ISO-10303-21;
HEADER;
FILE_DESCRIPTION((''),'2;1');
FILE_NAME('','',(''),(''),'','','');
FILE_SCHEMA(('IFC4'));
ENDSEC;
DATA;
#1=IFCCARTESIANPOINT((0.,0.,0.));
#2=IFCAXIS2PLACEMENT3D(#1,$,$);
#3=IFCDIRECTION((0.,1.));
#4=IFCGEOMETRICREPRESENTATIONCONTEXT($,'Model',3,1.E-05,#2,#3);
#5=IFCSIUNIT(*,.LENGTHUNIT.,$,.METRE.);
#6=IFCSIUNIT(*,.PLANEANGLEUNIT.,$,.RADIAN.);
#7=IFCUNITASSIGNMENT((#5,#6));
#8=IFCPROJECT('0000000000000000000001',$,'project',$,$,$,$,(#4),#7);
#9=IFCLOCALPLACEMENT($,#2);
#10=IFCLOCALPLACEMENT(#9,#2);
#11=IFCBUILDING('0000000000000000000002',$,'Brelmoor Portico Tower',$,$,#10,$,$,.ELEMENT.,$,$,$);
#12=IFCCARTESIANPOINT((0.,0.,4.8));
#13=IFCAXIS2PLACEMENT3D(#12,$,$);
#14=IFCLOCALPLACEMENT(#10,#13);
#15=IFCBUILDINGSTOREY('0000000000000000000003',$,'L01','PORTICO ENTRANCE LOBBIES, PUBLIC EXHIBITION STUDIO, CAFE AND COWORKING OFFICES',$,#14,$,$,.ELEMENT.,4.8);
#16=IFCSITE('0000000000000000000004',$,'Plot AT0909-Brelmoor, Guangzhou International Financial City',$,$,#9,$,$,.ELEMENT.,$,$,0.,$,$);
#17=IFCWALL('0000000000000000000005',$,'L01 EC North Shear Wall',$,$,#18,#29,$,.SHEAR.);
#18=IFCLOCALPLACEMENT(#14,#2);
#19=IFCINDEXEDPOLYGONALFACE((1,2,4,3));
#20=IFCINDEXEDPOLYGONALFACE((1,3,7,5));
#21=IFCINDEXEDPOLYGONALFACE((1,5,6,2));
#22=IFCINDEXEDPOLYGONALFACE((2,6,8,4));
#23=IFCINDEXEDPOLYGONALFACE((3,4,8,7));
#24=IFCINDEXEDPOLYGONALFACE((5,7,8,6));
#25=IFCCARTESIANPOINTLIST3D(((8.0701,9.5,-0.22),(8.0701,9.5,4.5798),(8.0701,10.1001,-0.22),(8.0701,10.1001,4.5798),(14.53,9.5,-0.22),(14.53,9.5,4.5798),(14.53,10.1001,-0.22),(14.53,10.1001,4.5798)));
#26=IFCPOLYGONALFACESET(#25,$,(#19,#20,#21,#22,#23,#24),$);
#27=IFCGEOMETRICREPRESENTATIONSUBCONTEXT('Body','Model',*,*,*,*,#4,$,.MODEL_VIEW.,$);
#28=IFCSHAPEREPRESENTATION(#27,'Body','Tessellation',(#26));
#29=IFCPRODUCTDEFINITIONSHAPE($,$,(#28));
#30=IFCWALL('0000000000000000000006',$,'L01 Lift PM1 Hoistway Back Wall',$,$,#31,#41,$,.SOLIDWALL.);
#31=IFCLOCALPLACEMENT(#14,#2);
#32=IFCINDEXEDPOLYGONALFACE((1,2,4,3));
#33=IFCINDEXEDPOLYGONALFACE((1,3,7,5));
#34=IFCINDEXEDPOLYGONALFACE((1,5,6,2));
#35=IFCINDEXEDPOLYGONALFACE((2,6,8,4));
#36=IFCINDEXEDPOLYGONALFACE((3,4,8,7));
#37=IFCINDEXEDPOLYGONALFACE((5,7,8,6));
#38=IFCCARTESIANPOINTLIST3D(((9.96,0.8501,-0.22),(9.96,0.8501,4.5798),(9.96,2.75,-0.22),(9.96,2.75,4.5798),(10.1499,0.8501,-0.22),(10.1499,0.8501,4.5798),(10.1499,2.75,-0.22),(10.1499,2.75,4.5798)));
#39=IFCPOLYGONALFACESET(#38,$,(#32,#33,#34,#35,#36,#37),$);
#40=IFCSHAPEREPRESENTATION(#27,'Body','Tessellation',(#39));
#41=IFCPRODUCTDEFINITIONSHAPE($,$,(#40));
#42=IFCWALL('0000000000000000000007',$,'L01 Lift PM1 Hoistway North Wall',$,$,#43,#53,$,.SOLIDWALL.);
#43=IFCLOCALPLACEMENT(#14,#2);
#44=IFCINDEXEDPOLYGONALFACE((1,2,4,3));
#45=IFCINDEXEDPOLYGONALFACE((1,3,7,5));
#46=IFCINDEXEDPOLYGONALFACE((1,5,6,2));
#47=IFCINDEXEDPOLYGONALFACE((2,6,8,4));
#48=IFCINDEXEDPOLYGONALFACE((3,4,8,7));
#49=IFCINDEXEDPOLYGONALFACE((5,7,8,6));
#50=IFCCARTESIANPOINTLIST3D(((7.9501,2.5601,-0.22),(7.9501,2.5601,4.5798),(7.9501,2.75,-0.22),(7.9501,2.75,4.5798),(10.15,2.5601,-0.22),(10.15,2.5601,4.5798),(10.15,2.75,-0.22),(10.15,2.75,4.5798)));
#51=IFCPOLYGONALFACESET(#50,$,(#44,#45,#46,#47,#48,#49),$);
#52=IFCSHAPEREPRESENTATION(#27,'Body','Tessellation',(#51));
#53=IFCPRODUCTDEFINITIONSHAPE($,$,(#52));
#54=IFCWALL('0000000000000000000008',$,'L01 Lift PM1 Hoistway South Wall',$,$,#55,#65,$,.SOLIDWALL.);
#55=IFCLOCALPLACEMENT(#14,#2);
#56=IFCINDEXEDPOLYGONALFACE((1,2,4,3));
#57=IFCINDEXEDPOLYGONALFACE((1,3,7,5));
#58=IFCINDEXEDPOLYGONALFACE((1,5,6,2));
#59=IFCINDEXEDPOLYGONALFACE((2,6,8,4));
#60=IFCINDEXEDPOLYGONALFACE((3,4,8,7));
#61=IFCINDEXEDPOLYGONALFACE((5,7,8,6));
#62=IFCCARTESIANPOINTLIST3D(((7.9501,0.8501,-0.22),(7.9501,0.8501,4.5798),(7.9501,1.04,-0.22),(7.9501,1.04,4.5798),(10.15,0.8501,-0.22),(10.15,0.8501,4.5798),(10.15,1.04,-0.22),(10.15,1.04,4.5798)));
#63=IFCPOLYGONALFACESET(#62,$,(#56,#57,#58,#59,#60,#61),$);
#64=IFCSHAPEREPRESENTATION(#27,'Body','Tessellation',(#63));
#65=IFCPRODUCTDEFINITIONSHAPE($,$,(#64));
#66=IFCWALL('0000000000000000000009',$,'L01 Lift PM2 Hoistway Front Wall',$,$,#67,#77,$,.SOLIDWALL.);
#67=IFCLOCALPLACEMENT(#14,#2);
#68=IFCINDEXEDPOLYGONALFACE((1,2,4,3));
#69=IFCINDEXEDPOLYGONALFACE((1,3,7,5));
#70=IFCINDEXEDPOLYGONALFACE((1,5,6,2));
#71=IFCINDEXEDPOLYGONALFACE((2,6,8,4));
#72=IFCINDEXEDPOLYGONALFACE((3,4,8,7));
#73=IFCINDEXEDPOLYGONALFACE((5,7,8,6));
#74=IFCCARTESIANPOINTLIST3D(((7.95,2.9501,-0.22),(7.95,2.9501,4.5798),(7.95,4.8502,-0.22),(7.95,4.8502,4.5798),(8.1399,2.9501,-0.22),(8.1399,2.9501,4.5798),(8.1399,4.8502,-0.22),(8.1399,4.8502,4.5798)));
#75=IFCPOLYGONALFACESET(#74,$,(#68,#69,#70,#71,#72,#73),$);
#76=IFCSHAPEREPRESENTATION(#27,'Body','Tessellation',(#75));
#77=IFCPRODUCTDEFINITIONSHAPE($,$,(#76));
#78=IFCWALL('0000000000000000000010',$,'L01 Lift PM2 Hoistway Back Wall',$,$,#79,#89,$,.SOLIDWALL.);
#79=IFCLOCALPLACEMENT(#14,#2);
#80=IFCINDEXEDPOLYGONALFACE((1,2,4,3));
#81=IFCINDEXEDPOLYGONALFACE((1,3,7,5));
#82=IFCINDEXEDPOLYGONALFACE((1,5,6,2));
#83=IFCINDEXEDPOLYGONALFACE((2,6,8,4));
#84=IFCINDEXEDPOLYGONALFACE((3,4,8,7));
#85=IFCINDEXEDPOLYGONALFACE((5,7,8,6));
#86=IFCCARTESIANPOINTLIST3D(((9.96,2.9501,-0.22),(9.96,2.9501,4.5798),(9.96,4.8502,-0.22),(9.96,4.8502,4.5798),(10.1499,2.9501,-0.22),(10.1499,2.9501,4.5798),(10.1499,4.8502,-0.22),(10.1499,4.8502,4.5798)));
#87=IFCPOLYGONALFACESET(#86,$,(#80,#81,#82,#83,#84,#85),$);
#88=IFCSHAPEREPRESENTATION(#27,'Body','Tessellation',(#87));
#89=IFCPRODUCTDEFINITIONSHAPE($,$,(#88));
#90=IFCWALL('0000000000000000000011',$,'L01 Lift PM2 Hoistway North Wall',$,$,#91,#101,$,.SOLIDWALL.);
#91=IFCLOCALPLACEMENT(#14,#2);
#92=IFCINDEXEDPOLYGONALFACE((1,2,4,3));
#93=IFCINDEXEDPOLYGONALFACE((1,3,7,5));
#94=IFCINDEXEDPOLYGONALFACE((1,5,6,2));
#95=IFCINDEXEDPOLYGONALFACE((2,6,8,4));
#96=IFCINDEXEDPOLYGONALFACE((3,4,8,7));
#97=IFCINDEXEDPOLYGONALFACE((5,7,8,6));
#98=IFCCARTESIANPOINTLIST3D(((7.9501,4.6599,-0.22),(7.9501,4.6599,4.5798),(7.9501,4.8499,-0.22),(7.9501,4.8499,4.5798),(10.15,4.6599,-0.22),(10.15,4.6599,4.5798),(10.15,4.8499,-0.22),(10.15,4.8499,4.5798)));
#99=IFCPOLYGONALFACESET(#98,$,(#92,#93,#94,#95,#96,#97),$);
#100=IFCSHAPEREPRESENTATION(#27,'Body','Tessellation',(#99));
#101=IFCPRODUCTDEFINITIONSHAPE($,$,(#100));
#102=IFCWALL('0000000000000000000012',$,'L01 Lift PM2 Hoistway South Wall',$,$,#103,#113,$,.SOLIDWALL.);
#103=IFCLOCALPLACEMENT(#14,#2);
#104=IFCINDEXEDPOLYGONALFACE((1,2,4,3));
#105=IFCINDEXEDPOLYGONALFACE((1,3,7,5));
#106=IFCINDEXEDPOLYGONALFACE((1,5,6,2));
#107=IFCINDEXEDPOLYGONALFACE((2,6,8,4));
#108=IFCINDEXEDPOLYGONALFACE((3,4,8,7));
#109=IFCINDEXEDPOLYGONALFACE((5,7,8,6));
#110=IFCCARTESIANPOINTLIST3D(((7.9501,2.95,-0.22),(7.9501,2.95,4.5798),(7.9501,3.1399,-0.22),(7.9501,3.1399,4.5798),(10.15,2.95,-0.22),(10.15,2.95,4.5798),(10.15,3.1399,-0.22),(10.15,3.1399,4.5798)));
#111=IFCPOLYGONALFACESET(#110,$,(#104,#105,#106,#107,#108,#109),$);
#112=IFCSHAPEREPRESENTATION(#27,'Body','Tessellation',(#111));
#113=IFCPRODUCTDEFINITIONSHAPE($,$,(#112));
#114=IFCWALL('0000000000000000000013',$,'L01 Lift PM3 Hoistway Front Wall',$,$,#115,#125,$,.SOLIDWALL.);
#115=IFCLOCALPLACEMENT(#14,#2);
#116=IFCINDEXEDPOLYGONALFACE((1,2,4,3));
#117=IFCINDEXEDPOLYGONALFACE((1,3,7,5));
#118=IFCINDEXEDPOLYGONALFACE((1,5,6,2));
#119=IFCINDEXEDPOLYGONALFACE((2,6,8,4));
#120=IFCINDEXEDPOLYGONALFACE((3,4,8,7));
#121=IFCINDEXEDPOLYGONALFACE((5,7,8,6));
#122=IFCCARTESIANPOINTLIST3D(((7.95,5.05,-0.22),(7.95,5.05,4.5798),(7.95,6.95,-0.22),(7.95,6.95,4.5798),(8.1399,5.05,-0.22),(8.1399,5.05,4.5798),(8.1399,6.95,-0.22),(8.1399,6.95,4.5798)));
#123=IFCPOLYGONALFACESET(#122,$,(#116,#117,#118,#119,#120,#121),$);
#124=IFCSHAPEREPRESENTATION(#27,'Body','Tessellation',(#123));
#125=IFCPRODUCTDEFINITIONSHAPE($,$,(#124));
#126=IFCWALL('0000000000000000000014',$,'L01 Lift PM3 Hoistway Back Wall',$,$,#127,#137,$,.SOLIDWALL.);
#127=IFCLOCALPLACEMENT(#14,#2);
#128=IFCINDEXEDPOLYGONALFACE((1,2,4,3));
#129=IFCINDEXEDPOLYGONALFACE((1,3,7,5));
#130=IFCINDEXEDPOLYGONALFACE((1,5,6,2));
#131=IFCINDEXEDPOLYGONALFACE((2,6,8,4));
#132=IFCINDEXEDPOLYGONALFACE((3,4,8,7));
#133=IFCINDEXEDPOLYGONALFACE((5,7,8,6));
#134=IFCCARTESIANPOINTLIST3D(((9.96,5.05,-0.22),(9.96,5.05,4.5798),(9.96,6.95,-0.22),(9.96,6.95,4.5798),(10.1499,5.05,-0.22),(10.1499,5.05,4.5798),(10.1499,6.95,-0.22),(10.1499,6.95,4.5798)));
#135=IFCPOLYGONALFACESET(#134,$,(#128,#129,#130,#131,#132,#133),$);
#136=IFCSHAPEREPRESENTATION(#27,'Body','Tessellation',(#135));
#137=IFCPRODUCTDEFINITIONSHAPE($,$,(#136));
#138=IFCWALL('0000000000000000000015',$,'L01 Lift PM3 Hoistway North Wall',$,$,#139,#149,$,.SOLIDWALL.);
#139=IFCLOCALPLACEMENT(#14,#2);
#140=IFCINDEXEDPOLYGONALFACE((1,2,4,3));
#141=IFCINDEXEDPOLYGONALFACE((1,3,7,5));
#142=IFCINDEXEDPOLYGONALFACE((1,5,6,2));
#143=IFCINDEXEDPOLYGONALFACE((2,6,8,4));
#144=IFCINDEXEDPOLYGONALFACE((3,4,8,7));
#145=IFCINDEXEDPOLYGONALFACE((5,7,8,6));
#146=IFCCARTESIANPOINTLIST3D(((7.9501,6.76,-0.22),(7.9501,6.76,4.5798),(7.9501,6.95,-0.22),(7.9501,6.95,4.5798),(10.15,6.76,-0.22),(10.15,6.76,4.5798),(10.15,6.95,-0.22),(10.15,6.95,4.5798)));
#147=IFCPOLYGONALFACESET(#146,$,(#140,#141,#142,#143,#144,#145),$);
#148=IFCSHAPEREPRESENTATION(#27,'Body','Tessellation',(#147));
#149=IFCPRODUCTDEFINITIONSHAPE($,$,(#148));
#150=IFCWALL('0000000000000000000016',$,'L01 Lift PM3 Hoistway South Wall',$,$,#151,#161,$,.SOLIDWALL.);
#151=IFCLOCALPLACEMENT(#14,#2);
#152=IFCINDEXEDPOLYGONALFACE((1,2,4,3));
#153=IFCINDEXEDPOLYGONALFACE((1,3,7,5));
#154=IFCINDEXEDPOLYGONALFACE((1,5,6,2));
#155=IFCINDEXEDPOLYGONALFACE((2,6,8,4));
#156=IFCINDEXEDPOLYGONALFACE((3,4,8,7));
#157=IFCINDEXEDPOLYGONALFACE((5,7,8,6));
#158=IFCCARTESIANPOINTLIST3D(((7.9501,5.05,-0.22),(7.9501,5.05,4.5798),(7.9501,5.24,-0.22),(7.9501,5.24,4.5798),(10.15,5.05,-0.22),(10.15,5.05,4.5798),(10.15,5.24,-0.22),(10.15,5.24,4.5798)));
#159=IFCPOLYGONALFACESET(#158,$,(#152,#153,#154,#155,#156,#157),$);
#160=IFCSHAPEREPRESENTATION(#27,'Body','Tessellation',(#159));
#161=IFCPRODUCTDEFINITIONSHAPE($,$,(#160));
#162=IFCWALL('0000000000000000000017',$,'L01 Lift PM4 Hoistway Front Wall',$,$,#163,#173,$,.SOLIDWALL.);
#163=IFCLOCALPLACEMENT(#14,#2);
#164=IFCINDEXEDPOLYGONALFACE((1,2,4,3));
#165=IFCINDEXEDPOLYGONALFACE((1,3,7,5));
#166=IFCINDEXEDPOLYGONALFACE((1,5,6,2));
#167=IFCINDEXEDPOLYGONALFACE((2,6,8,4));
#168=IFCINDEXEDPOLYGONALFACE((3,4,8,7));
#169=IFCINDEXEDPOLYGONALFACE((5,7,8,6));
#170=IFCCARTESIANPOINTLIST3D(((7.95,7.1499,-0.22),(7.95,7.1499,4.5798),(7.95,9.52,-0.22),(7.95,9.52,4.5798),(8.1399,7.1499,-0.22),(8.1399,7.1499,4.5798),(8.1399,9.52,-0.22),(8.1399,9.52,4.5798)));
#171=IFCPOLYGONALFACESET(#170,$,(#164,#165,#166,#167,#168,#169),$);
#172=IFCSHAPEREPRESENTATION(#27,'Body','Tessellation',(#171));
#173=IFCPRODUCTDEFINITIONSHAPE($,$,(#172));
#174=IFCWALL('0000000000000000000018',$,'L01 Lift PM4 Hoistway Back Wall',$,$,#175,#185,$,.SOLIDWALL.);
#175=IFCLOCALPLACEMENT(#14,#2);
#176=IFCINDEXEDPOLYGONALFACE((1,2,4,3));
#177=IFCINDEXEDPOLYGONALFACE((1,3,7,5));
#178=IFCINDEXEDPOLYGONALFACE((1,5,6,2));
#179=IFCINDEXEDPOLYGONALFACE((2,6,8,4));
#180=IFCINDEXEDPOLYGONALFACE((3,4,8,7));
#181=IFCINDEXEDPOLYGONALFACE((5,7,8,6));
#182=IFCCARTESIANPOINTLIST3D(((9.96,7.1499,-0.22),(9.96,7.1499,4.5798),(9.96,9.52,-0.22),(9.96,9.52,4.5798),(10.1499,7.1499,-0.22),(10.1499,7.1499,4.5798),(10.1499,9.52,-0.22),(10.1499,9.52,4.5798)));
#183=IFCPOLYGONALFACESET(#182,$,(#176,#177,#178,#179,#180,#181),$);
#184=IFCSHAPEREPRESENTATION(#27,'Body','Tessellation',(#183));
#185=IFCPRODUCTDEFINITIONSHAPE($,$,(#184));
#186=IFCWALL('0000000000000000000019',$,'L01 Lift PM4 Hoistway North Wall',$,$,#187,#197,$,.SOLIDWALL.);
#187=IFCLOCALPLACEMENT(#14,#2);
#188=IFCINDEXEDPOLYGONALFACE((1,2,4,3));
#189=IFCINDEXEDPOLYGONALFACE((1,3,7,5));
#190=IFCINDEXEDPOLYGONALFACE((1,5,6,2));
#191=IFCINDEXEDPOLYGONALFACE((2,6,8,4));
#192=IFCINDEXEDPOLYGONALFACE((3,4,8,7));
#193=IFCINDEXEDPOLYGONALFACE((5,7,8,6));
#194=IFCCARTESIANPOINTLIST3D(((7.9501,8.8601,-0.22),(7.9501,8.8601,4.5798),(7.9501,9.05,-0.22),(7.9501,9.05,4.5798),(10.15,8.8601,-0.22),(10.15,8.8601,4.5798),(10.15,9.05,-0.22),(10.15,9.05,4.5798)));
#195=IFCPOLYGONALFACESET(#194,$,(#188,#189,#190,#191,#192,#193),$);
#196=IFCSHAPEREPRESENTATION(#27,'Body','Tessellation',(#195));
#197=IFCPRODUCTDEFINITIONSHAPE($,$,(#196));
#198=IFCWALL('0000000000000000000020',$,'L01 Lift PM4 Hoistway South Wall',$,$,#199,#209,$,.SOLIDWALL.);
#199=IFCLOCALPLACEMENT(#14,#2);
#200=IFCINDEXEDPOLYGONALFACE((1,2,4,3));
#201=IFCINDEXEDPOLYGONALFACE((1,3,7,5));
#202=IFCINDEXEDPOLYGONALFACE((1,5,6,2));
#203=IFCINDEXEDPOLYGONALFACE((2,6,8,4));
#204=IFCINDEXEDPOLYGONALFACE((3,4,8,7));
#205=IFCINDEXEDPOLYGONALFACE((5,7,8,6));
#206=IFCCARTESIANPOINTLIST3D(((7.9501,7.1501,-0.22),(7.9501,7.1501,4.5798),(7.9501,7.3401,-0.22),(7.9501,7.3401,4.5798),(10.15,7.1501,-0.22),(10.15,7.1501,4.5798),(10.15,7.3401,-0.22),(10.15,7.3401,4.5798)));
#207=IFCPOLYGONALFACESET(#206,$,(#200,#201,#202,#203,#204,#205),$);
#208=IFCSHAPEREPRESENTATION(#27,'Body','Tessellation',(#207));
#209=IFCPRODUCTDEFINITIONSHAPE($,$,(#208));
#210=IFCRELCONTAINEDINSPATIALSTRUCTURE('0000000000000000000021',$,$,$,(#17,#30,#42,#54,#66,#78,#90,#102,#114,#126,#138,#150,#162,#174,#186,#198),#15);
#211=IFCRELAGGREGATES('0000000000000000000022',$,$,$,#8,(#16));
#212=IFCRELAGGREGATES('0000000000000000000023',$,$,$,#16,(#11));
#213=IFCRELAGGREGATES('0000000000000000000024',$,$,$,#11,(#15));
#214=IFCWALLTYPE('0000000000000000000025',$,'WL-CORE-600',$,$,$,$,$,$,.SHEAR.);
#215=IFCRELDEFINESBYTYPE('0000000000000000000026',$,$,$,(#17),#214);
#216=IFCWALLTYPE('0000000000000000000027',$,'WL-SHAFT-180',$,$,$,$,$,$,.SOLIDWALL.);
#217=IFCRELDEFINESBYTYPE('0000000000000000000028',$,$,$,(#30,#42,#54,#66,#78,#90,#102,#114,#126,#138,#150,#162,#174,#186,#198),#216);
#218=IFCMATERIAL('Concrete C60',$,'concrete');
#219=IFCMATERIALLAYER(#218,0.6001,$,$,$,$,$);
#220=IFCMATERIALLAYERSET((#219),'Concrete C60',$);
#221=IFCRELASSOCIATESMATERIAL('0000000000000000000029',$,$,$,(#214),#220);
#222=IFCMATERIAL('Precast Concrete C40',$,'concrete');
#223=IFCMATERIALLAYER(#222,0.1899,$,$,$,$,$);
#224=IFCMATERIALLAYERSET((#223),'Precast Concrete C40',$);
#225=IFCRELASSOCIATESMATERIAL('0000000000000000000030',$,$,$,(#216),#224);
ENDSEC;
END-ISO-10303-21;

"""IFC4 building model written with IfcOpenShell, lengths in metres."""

from ifc_helpers import new_model, si_unit, direction, frame, frame_2d, origin, place, context, subcontext, project, spatial, rectangle, extrude, material, layer, layer_set, type_object, element, save


model = new_model("IFC4")

# Units and contexts
model_context = context("Model", 3, precision=1e-05, world=origin(), true_north=direction((0.0, 1.0)))
body_context = subcontext(model_context, "Body", "Model", "MODEL_VIEW")
ifc_project = project(units=[si_unit("LENGTHUNIT", "METRE"), si_unit("PLANEANGLEUNIT", "RADIAN")], contexts=[model_context])

# Site, building, storey
site_placement = place(None, origin())
site = spatial("IfcSite", under=ifc_project, at=site_placement, Name="Plot AT0909-Brelmoor, Guangzhou International Financial City", CompositionType="ELEMENT", RefElevation=0.0)
building_placement = place(site_placement, origin())
building = spatial("IfcBuilding", under=site, at=building_placement, Name="Brelmoor Portico Tower", CompositionType="ELEMENT")
storey_placement = place(building_placement, frame((0.0, 0.0, 4.8)))
storey = spatial("IfcBuildingStorey", under=building, at=storey_placement, Name="L01", Description="PORTICO ENTRANCE LOBBIES, PUBLIC EXHIBITION STUDIO, CAFE AND COWORKING OFFICES", CompositionType="ELEMENT", Elevation=4.8)

# Wall
ifc_material_1 = material(Name="Concrete C60", Category="concrete")
ifc_layer_1 = layer(ifc_material_1, 0.6001)
ifc_layer_set_1 = layer_set([ifc_layer_1], Name="Concrete C60")
wall_type_1 = type_object("IfcWallType", Name="WL-CORE-600", PredefinedType="SHEAR", material=ifc_layer_set_1)
wall_1_placement = place(storey_placement, frame((8.0701, 9.8, -0.22), z_axis=(0.0, 0.0, 1.0), x_axis=(1.0, 0.0, 0.0)))
element("IfcWall", 1, at=wall_1_placement, inside=storey, type_object=wall_type_1, Name="L01 EC North Shear Wall", PredefinedType="SHEAR", context=body_context, shape_type="SweptSolid", body=[
    extrude(rectangle(XDim=6.46, YDim=0.6001, at=frame_2d((3.23, 0.0))), origin(), (0.0, 0.0, 1.0), 4.7998),
])

# Walls
ifc_material_2 = material(Name="Precast Concrete C40", Category="concrete")
ifc_layer_2 = layer(ifc_material_2, 0.1899)
ifc_layer_set_2 = layer_set([ifc_layer_2], Name="Precast Concrete C40")
wall_type_2 = type_object("IfcWallType", Name="WL-SHAFT-180", PredefinedType="SOLIDWALL", material=ifc_layer_set_2)
wall_2_placement = place(storey_placement, frame((10.0549, 0.8501, -0.22), z_axis=(0.0, 0.0, 1.0), x_axis=(0.0, 1.0, 0.0)))
element("IfcWall", 2, at=wall_2_placement, inside=storey, type_object=wall_type_2, Name="L01 Lift PM1 Hoistway Back Wall", PredefinedType="SOLIDWALL", context=body_context, shape_type="SweptSolid", body=[
    extrude(rectangle(XDim=1.8999, YDim=0.1899, at=frame_2d((0.95, 0.0))), origin(), (0.0, 0.0, 1.0), 4.7998),
])
for number, where, z_axis, x_axis, name in (
    (3, (7.95, 2.655, -0.22), (0.0, 0.0, 1.0), (1.0, 0.0, 0.0), "L01 Lift PM1 Hoistway North Wall"),
    (4, (7.95, 0.9451, -0.22), (0.0, 0.0, 1.0), (1.0, 0.0, 0.0), "L01 Lift PM1 Hoistway South Wall"),
):
    element("IfcWall", number, at=place(storey_placement, frame(where, z_axis=z_axis, x_axis=x_axis)), inside=storey, type_object=wall_type_2, Name=name, PredefinedType="SOLIDWALL", context=body_context, shape_type="SweptSolid", body=[
        extrude(rectangle(XDim=2.2, YDim=0.1899, at=frame_2d((1.1001, 0.0))), origin(), (0.0, 0.0, 1.0), 4.7998),
    ])
for number, where, z_axis, x_axis, name in (
    (5, (8.0449, 2.95, -0.22), (0.0, 0.0, 1.0), (0.0, 1.0, 0.0), "L01 Lift PM2 Hoistway Front Wall"),
    (6, (10.0549, 2.95, -0.22), (0.0, 0.0, 1.0), (0.0, 1.0, 0.0), "L01 Lift PM2 Hoistway Back Wall"),
):
    element("IfcWall", number, at=place(storey_placement, frame(where, z_axis=z_axis, x_axis=x_axis)), inside=storey, type_object=wall_type_2, Name=name, PredefinedType="SOLIDWALL", context=body_context, shape_type="SweptSolid", body=[
        extrude(rectangle(XDim=1.9001, YDim=0.1899, at=frame_2d((0.9502, 0.0))), origin(), (0.0, 0.0, 1.0), 4.7998),
    ])
for number, where, z_axis, x_axis, name in (
    (7, (7.95, 4.7549, -0.22), (0.0, 0.0, 1.0), (1.0, 0.0, 0.0), "L01 Lift PM2 Hoistway North Wall"),
    (8, (7.95, 3.0449, -0.22), (0.0, 0.0, 1.0), (1.0, 0.0, 0.0), "L01 Lift PM2 Hoistway South Wall"),
):
    element("IfcWall", number, at=place(storey_placement, frame(where, z_axis=z_axis, x_axis=x_axis)), inside=storey, type_object=wall_type_2, Name=name, PredefinedType="SOLIDWALL", context=body_context, shape_type="SweptSolid", body=[
        extrude(rectangle(XDim=2.2, YDim=0.1899, at=frame_2d((1.1001, 0.0))), origin(), (0.0, 0.0, 1.0), 4.7998),
    ])
for number, where, z_axis, x_axis, name in (
    (9, (8.0449, 5.05, -0.22), (0.0, 0.0, 1.0), (0.0, 1.0, 0.0), "L01 Lift PM3 Hoistway Front Wall"),
    (10, (10.0549, 5.05, -0.22), (0.0, 0.0, 1.0), (0.0, 1.0, 0.0), "L01 Lift PM3 Hoistway Back Wall"),
):
    element("IfcWall", number, at=place(storey_placement, frame(where, z_axis=z_axis, x_axis=x_axis)), inside=storey, type_object=wall_type_2, Name=name, PredefinedType="SOLIDWALL", context=body_context, shape_type="SweptSolid", body=[
        extrude(rectangle(XDim=1.8999, YDim=0.1899, at=frame_2d((0.95, 0.0))), origin(), (0.0, 0.0, 1.0), 4.7998),
    ])
for number, where, z_axis, x_axis, name in (
    (11, (7.95, 6.855, -0.22), (0.0, 0.0, 1.0), (1.0, 0.0, 0.0), "L01 Lift PM3 Hoistway North Wall"),
    (12, (7.95, 5.145, -0.22), (0.0, 0.0, 1.0), (1.0, 0.0, 0.0), "L01 Lift PM3 Hoistway South Wall"),
):
    element("IfcWall", number, at=place(storey_placement, frame(where, z_axis=z_axis, x_axis=x_axis)), inside=storey, type_object=wall_type_2, Name=name, PredefinedType="SOLIDWALL", context=body_context, shape_type="SweptSolid", body=[
        extrude(rectangle(XDim=2.2, YDim=0.1899, at=frame_2d((1.1001, 0.0))), origin(), (0.0, 0.0, 1.0), 4.7998),
    ])
for number, where, z_axis, x_axis, name in (
    (13, (8.0449, 7.1499, -0.22), (0.0, 0.0, 1.0), (0.0, 1.0, 0.0), "L01 Lift PM4 Hoistway Front Wall"),
    (14, (10.0549, 7.1499, -0.22), (0.0, 0.0, 1.0), (0.0, 1.0, 0.0), "L01 Lift PM4 Hoistway Back Wall"),
):
    element("IfcWall", number, at=place(storey_placement, frame(where, z_axis=z_axis, x_axis=x_axis)), inside=storey, type_object=wall_type_2, Name=name, PredefinedType="SOLIDWALL", context=body_context, shape_type="SweptSolid", body=[
        extrude(rectangle(XDim=2.3701, YDim=0.1899, at=frame_2d((1.1851, 0.0))), origin(), (0.0, 0.0, 1.0), 4.7998),
    ])
for number, where, z_axis, x_axis, name in (
    (15, (7.95, 8.9551, -0.22), (0.0, 0.0, 1.0), (1.0, 0.0, 0.0), "L01 Lift PM4 Hoistway North Wall"),
    (16, (7.95, 7.2451, -0.22), (0.0, 0.0, 1.0), (1.0, 0.0, 0.0), "L01 Lift PM4 Hoistway South Wall"),
):
    element("IfcWall", number, at=place(storey_placement, frame(where, z_axis=z_axis, x_axis=x_axis)), inside=storey, type_object=wall_type_2, Name=name, PredefinedType="SOLIDWALL", context=body_context, shape_type="SweptSolid", body=[
        extrude(rectangle(XDim=2.2, YDim=0.1899, at=frame_2d((1.1001, 0.0))), origin(), (0.0, 0.0, 1.0), 4.7998),
    ])

save(model, "model.ifc")
